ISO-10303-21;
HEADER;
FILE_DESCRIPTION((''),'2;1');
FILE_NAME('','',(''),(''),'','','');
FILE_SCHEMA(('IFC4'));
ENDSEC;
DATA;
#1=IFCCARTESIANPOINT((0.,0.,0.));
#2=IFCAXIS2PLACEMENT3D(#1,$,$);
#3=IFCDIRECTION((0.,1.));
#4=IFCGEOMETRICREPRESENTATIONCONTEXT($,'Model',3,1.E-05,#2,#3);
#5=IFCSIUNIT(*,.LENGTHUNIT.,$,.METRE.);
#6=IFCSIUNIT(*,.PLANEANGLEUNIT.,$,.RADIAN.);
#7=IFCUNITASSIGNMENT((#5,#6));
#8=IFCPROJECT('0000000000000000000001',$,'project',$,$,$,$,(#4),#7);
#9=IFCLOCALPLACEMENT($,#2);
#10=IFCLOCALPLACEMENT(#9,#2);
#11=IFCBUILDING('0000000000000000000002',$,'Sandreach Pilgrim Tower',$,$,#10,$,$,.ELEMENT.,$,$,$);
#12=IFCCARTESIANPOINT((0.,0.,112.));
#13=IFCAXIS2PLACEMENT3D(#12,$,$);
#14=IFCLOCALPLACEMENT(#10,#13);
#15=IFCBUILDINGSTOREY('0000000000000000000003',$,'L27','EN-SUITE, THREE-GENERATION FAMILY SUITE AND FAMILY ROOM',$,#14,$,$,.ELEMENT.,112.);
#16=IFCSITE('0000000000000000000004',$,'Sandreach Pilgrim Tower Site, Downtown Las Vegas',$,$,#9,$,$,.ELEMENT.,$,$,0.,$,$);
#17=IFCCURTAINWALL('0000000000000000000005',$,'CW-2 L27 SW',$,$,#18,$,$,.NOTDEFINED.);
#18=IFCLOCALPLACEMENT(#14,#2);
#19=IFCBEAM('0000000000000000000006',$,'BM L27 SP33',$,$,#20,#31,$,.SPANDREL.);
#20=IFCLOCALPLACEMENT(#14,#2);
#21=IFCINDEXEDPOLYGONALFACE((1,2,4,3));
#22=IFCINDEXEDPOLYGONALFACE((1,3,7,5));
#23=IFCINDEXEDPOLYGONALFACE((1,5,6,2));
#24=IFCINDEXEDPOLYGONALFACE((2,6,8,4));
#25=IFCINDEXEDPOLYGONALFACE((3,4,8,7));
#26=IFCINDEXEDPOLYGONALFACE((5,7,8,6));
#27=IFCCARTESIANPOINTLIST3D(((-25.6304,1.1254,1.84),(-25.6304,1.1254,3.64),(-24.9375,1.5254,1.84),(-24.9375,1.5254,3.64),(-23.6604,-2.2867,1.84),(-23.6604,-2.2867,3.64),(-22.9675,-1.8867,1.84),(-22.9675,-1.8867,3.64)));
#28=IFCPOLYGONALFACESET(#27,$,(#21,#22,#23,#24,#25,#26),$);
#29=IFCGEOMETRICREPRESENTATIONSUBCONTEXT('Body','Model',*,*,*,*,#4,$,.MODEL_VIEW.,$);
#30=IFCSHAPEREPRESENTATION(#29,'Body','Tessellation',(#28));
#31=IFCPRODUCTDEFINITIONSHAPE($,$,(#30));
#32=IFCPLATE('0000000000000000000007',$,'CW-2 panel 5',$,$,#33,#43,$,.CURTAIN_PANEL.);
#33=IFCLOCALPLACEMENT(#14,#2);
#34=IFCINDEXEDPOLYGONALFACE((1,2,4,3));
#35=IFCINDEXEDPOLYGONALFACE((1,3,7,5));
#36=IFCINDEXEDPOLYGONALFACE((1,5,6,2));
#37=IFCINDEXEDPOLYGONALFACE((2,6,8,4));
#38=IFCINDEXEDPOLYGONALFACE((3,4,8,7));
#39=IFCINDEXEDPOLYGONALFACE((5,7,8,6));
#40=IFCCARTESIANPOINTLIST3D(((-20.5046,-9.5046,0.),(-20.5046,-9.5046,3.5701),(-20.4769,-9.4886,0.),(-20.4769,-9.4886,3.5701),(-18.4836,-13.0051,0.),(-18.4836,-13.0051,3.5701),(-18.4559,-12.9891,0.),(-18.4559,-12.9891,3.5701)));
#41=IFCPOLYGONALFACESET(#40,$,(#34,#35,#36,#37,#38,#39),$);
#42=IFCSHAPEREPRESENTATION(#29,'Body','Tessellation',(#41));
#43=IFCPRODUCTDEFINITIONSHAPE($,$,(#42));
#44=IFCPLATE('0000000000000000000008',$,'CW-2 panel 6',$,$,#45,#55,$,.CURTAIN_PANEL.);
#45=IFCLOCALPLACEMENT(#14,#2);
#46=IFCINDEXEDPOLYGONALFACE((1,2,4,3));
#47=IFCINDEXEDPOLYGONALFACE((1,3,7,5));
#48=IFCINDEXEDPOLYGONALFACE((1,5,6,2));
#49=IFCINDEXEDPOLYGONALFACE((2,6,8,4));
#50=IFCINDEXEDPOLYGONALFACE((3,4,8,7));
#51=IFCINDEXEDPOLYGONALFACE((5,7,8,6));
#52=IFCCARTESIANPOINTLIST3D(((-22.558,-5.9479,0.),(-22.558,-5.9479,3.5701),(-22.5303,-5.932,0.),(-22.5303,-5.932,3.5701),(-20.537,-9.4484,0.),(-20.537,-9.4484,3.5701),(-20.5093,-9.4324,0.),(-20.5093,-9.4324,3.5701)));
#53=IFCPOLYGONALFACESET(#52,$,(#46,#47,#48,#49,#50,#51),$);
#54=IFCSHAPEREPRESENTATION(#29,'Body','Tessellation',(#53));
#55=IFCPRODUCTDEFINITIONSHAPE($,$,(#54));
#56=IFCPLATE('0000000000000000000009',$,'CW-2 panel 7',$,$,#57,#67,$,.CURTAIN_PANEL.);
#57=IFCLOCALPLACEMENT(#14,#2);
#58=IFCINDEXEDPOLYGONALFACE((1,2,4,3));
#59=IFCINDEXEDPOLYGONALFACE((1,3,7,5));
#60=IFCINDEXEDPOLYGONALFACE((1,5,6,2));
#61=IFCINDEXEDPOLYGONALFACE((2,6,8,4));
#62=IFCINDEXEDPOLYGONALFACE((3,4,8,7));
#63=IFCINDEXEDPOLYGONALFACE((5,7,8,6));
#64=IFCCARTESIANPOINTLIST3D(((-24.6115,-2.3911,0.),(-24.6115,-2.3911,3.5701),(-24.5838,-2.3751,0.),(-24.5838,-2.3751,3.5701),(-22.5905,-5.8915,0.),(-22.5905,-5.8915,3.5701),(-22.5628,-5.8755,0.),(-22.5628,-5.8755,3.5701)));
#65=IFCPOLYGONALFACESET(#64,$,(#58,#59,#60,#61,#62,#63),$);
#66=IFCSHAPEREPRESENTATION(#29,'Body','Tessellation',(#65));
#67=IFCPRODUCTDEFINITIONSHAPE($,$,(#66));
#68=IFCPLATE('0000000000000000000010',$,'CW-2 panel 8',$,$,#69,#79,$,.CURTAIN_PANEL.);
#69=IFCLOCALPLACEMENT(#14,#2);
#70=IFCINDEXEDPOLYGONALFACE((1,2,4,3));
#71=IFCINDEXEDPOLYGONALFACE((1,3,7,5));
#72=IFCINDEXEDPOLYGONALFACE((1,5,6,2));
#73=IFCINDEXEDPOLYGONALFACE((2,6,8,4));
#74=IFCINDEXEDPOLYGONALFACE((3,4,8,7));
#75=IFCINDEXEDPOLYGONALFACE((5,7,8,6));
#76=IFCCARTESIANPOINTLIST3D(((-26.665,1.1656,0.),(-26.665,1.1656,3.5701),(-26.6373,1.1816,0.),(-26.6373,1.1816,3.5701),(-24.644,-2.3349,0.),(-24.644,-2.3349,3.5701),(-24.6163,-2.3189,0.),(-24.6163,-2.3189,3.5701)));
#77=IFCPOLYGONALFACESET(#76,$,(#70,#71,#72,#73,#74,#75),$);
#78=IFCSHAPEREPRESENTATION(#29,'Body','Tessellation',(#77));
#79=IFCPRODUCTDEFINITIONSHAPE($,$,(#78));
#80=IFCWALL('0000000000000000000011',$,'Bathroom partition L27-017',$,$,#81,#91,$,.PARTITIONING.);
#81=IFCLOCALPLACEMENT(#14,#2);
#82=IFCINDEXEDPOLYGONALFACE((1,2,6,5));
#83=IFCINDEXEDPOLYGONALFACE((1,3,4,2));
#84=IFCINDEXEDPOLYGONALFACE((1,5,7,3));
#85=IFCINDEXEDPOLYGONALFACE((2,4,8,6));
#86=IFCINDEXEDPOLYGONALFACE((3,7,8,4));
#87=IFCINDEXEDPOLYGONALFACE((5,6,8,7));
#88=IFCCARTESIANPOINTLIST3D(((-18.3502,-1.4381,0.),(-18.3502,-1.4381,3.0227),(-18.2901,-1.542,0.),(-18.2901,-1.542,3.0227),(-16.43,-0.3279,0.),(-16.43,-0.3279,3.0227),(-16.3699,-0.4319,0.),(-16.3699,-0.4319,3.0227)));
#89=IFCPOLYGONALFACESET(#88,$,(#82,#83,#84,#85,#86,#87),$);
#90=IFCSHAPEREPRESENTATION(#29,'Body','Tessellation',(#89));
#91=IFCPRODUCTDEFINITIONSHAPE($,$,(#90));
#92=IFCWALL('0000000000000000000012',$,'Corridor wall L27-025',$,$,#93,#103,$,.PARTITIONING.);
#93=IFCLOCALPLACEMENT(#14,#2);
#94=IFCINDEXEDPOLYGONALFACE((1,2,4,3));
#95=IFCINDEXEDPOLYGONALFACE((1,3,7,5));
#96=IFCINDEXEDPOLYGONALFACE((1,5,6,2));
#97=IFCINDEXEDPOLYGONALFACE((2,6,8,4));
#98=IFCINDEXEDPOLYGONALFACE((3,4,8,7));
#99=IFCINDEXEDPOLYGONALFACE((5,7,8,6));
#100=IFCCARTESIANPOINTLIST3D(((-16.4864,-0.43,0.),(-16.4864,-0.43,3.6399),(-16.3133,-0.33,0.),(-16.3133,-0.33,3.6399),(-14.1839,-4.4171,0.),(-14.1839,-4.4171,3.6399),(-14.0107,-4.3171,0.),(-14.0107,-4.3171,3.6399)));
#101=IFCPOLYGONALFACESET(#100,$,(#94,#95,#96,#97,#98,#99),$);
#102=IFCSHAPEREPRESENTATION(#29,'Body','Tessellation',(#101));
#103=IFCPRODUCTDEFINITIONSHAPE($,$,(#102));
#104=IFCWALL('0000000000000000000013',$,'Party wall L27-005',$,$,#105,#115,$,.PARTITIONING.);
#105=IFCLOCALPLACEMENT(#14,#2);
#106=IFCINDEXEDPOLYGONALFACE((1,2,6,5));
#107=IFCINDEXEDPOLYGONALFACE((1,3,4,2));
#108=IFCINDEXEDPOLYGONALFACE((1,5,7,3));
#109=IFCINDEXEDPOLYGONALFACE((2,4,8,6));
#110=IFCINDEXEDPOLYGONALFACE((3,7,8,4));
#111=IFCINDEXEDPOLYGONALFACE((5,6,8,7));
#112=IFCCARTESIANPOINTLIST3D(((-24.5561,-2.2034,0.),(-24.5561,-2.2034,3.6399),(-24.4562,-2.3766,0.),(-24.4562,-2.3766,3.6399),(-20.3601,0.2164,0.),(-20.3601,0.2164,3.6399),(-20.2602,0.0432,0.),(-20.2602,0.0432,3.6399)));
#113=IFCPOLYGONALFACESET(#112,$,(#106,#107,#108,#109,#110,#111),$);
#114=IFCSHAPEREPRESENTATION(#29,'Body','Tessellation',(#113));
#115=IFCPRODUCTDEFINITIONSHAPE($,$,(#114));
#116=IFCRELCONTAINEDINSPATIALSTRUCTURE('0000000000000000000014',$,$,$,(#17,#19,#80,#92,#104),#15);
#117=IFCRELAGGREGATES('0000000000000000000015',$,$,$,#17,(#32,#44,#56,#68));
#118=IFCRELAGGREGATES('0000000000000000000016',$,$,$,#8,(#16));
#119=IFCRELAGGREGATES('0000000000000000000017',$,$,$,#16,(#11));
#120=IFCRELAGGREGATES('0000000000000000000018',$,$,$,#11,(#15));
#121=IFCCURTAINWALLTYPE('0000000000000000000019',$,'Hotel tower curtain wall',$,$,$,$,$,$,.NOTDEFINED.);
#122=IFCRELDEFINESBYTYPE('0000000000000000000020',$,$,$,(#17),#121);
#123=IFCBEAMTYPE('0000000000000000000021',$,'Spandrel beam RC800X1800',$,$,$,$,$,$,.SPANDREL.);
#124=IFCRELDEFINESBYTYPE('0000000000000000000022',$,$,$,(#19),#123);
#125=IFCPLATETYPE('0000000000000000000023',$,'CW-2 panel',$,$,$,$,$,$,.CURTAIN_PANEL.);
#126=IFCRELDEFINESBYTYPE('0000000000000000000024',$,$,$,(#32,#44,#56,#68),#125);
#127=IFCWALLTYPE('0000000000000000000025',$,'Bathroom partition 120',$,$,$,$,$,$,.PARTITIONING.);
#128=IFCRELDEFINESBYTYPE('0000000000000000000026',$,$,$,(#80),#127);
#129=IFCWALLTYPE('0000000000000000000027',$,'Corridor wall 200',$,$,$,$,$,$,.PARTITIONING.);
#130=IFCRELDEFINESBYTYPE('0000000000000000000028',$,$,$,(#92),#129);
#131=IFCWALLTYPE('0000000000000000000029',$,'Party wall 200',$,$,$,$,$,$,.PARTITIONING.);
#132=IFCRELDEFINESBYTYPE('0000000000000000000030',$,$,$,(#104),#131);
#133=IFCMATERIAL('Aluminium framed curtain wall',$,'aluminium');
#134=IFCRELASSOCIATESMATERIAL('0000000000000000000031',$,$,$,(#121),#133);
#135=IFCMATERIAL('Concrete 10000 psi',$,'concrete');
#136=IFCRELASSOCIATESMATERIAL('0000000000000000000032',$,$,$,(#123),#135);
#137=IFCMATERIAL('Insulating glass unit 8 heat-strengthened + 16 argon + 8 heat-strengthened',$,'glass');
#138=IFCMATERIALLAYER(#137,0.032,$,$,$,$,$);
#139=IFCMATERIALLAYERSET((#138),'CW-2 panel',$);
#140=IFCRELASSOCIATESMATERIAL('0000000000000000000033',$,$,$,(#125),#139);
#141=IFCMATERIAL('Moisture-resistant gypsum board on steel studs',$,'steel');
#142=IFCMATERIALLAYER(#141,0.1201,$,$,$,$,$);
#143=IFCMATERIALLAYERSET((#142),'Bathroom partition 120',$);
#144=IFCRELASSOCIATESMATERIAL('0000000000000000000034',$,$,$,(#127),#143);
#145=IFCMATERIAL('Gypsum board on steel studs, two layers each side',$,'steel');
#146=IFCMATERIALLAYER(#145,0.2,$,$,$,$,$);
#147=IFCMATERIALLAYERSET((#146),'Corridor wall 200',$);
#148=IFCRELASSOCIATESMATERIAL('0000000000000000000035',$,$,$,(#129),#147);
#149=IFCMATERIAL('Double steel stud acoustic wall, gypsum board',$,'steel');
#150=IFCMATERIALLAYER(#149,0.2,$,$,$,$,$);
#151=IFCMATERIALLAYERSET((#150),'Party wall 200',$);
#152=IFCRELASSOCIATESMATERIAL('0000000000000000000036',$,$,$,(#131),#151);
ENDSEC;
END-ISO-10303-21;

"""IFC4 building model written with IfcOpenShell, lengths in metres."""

from ifc_helpers import new_model, si_unit, direction, frame, frame_2d, origin, origin_2d, place, context, subcontext, project, spatial, rectangle, extrude, material, layer, layer_set, material_profile, profile_set, type_object, element, aggregate, save


model = new_model("IFC4")

# Units and contexts
model_context = context("Model", 3, precision=1e-05, world=origin(), true_north=direction((0.0, 1.0)))
body_context = subcontext(model_context, "Body", "Model", "MODEL_VIEW")
ifc_project = project(units=[si_unit("LENGTHUNIT", "METRE"), si_unit("PLANEANGLEUNIT", "RADIAN")], contexts=[model_context])

# Site, building, storey
site_placement = place(None, origin())
site = spatial("IfcSite", under=ifc_project, at=site_placement, Name="Sandreach Pilgrim Tower Site, Downtown Las Vegas", CompositionType="ELEMENT", RefElevation=0.0)
building_placement = place(site_placement, origin())
building = spatial("IfcBuilding", under=site, at=building_placement, Name="Sandreach Pilgrim Tower", CompositionType="ELEMENT")
storey_placement = place(building_placement, frame((0.0, 0.0, 112.0)))
storey = spatial("IfcBuildingStorey", under=building, at=storey_placement, Name="L27", Description="EN-SUITE, THREE-GENERATION FAMILY SUITE AND FAMILY ROOM", CompositionType="ELEMENT", Elevation=112.0)

# Curtain wall
ifc_material_1 = material(Name="Aluminium framed curtain wall", Category="aluminium")
curtain_wall_type = type_object("IfcCurtainWallType", Name="Hotel tower curtain wall", PredefinedType="NOTDEFINED", material=ifc_material_1)
curtain_wall_placement = place(storey_placement, origin())
curtain_wall = element("IfcCurtainWall", 1, at=curtain_wall_placement, inside=storey, type_object=curtain_wall_type, Name="CW-2 L27 SW", PredefinedType="NOTDEFINED")

# Beam
ifc_material_2 = material(Name="Concrete 10000 psi", Category="concrete")
ifc_material_profile_1 = material_profile(ifc_material_2, rectangle(XDim=0.8, YDim=1.8, at=origin_2d()), Name="RC800X1800")
ifc_profile_set_1 = profile_set([ifc_material_profile_1], Name="Concrete 10000 psi")
beam_type_1 = type_object("IfcBeamType", Name="Spandrel beam RC800X1800", PredefinedType="SPANDREL", material=ifc_profile_set_1)
for number, where, z_axis, x_axis, name in (
    (2, (-23.314, -2.0867, 2.74), (-0.499998, 0.866027, 0.0), (-0.866027, -0.499998, 0.0), "BM L27 SP33"),
):
    element("IfcBeam", number, at=place(storey_placement, frame(where, z_axis=z_axis, x_axis=x_axis)), inside=storey, type_object=beam_type_1, Name=name, PredefinedType="SPANDREL", context=body_context, shape_type="SweptSolid", body=[
        extrude(rectangle(XDim=0.8, YDim=1.8, at=origin_2d()), origin(), (0.0, 0.0, 1.0), 3.9399),
    ])

# Plates
ifc_material_3 = material(Name="Insulating glass unit 8 heat-strengthened + 16 argon + 8 heat-strengthened", Category="glass")
ifc_layer_1 = layer(ifc_material_3, 0.032)
ifc_layer_set_1 = layer_set([ifc_layer_1], Name="CW-2 panel")
plate_type = type_object("IfcPlateType", Name="CW-2 panel", PredefinedType="CURTAIN_PANEL", material=ifc_layer_set_1)
plate_1_placement = place(storey_placement, frame((-19.4802, -11.2468, 0.0), z_axis=(0.0, 0.0, 1.0), x_axis=(-0.5, 0.866025, 0.0)))
plate_1 = element("IfcPlate", 3, at=plate_1_placement, type_object=plate_type, Name="CW-2 panel 5", PredefinedType="CURTAIN_PANEL", context=body_context, shape_type="SweptSolid", body=[
    extrude(rectangle(XDim=4.042, YDim=0.032, at=origin_2d()), origin(), (0.0, 0.0, 1.0), 3.5701),
])
plate_2_placement = place(storey_placement, frame((-21.5337, -7.6902, 0.0), z_axis=(0.0, 0.0, 1.0), x_axis=(-0.5, 0.866025, 0.0)))
plate_2 = element("IfcPlate", 4, at=plate_2_placement, type_object=plate_type, Name="CW-2 panel 6", PredefinedType="CURTAIN_PANEL", context=body_context, shape_type="SweptSolid", body=[
    extrude(rectangle(XDim=4.042, YDim=0.032, at=origin_2d()), origin(), (0.0, 0.0, 1.0), 3.5701),
])
plate_3_placement = place(storey_placement, frame((-23.5872, -4.1333, 0.0), z_axis=(0.0, 0.0, 1.0), x_axis=(-0.5, 0.866025, 0.0)))
plate_3 = element("IfcPlate", 5, at=plate_3_placement, type_object=plate_type, Name="CW-2 panel 7", PredefinedType="CURTAIN_PANEL", context=body_context, shape_type="SweptSolid", body=[
    extrude(rectangle(XDim=4.042, YDim=0.032, at=origin_2d()), origin(), (0.0, 0.0, 1.0), 3.5701),
])
plate_4_placement = place(storey_placement, frame((-25.6406, -0.5767, 0.0), z_axis=(0.0, 0.0, 1.0), x_axis=(-0.5, 0.866025, 0.0)))
plate_4 = element("IfcPlate", 6, at=plate_4_placement, type_object=plate_type, Name="CW-2 panel 8", PredefinedType="CURTAIN_PANEL", context=body_context, shape_type="SweptSolid", body=[
    extrude(rectangle(XDim=4.042, YDim=0.032, at=origin_2d()), origin(), (0.0, 0.0, 1.0), 3.5701),
])
aggregate(curtain_wall, [plate_1, plate_2, plate_3, plate_4])

# Wall
ifc_material_4 = material(Name="Moisture-resistant gypsum board on steel studs", Category="steel")
ifc_layer_2 = layer(ifc_material_4, 0.1201)
ifc_layer_set_2 = layer_set([ifc_layer_2], Name="Bathroom partition 120")
wall_type_1 = type_object("IfcWallType", Name="Bathroom partition 120", PredefinedType="PARTITIONING", material=ifc_layer_set_2)
wall_1_placement = place(storey_placement, frame((-18.3201, -1.49, 0.0), z_axis=(0.0, 0.0, 1.0), x_axis=(0.865733, 0.500507, 0.0)))
element("IfcWall", 7, at=wall_1_placement, inside=storey, type_object=wall_type_1, Name="Bathroom partition L27-017", PredefinedType="PARTITIONING", context=body_context, shape_type="SweptSolid", body=[
    extrude(rectangle(XDim=2.218, YDim=0.1201, at=frame_2d((1.1089, 0.0))), origin(), (0.0, 0.0, 1.0), 3.0227),
])

# Shared definitions
ifc_material_5 = material(Name="Gypsum board on steel studs, two layers each side", Category="steel")
ifc_layer_3 = layer(ifc_material_5, 0.2)
ifc_layer_set_3 = layer_set([ifc_layer_3], Name="Corridor wall 200")
wall_type_2 = type_object("IfcWallType", Name="Corridor wall 200", PredefinedType="PARTITIONING", material=ifc_layer_set_3)

# Walls
wall_2_placement = place(storey_placement, frame((-16.3999, -0.3799, 0.0), z_axis=(0.0, 0.0, 1.0), x_axis=(0.500091, -0.865973, 0.0)))
element("IfcWall", 8, at=wall_2_placement, inside=storey, type_object=wall_type_2, Name="Corridor wall L27-025", PredefinedType="PARTITIONING", context=body_context, shape_type="SweptSolid", body=[
    extrude(rectangle(XDim=4.6042, YDim=0.2, at=frame_2d((2.3022, 0.0))), origin(), (0.0, 0.0, 1.0), 3.6399),
])
ifc_material_6 = material(Name="Double steel stud acoustic wall, gypsum board", Category="steel")
ifc_layer_4 = layer(ifc_material_6, 0.2)
ifc_layer_set_4 = layer_set([ifc_layer_4], Name="Party wall 200")
wall_type_3 = type_object("IfcWallType", Name="Party wall 200", PredefinedType="PARTITIONING", material=ifc_layer_set_4)
wall_3_placement = place(storey_placement, frame((-24.5061, -2.29, 0.0), z_axis=(0.0, 0.0, 1.0), x_axis=(0.866264, 0.499587, 0.0)))
element("IfcWall", 9, at=wall_3_placement, inside=storey, type_object=wall_type_3, Name="Party wall L27-005", PredefinedType="PARTITIONING", context=body_context, shape_type="SweptSolid", body=[
    extrude(rectangle(XDim=4.8438, YDim=0.2, at=frame_2d((2.4219, 0.0))), origin(), (0.0, 0.0, 1.0), 3.6399),
])

save(model, "model.ifc")
